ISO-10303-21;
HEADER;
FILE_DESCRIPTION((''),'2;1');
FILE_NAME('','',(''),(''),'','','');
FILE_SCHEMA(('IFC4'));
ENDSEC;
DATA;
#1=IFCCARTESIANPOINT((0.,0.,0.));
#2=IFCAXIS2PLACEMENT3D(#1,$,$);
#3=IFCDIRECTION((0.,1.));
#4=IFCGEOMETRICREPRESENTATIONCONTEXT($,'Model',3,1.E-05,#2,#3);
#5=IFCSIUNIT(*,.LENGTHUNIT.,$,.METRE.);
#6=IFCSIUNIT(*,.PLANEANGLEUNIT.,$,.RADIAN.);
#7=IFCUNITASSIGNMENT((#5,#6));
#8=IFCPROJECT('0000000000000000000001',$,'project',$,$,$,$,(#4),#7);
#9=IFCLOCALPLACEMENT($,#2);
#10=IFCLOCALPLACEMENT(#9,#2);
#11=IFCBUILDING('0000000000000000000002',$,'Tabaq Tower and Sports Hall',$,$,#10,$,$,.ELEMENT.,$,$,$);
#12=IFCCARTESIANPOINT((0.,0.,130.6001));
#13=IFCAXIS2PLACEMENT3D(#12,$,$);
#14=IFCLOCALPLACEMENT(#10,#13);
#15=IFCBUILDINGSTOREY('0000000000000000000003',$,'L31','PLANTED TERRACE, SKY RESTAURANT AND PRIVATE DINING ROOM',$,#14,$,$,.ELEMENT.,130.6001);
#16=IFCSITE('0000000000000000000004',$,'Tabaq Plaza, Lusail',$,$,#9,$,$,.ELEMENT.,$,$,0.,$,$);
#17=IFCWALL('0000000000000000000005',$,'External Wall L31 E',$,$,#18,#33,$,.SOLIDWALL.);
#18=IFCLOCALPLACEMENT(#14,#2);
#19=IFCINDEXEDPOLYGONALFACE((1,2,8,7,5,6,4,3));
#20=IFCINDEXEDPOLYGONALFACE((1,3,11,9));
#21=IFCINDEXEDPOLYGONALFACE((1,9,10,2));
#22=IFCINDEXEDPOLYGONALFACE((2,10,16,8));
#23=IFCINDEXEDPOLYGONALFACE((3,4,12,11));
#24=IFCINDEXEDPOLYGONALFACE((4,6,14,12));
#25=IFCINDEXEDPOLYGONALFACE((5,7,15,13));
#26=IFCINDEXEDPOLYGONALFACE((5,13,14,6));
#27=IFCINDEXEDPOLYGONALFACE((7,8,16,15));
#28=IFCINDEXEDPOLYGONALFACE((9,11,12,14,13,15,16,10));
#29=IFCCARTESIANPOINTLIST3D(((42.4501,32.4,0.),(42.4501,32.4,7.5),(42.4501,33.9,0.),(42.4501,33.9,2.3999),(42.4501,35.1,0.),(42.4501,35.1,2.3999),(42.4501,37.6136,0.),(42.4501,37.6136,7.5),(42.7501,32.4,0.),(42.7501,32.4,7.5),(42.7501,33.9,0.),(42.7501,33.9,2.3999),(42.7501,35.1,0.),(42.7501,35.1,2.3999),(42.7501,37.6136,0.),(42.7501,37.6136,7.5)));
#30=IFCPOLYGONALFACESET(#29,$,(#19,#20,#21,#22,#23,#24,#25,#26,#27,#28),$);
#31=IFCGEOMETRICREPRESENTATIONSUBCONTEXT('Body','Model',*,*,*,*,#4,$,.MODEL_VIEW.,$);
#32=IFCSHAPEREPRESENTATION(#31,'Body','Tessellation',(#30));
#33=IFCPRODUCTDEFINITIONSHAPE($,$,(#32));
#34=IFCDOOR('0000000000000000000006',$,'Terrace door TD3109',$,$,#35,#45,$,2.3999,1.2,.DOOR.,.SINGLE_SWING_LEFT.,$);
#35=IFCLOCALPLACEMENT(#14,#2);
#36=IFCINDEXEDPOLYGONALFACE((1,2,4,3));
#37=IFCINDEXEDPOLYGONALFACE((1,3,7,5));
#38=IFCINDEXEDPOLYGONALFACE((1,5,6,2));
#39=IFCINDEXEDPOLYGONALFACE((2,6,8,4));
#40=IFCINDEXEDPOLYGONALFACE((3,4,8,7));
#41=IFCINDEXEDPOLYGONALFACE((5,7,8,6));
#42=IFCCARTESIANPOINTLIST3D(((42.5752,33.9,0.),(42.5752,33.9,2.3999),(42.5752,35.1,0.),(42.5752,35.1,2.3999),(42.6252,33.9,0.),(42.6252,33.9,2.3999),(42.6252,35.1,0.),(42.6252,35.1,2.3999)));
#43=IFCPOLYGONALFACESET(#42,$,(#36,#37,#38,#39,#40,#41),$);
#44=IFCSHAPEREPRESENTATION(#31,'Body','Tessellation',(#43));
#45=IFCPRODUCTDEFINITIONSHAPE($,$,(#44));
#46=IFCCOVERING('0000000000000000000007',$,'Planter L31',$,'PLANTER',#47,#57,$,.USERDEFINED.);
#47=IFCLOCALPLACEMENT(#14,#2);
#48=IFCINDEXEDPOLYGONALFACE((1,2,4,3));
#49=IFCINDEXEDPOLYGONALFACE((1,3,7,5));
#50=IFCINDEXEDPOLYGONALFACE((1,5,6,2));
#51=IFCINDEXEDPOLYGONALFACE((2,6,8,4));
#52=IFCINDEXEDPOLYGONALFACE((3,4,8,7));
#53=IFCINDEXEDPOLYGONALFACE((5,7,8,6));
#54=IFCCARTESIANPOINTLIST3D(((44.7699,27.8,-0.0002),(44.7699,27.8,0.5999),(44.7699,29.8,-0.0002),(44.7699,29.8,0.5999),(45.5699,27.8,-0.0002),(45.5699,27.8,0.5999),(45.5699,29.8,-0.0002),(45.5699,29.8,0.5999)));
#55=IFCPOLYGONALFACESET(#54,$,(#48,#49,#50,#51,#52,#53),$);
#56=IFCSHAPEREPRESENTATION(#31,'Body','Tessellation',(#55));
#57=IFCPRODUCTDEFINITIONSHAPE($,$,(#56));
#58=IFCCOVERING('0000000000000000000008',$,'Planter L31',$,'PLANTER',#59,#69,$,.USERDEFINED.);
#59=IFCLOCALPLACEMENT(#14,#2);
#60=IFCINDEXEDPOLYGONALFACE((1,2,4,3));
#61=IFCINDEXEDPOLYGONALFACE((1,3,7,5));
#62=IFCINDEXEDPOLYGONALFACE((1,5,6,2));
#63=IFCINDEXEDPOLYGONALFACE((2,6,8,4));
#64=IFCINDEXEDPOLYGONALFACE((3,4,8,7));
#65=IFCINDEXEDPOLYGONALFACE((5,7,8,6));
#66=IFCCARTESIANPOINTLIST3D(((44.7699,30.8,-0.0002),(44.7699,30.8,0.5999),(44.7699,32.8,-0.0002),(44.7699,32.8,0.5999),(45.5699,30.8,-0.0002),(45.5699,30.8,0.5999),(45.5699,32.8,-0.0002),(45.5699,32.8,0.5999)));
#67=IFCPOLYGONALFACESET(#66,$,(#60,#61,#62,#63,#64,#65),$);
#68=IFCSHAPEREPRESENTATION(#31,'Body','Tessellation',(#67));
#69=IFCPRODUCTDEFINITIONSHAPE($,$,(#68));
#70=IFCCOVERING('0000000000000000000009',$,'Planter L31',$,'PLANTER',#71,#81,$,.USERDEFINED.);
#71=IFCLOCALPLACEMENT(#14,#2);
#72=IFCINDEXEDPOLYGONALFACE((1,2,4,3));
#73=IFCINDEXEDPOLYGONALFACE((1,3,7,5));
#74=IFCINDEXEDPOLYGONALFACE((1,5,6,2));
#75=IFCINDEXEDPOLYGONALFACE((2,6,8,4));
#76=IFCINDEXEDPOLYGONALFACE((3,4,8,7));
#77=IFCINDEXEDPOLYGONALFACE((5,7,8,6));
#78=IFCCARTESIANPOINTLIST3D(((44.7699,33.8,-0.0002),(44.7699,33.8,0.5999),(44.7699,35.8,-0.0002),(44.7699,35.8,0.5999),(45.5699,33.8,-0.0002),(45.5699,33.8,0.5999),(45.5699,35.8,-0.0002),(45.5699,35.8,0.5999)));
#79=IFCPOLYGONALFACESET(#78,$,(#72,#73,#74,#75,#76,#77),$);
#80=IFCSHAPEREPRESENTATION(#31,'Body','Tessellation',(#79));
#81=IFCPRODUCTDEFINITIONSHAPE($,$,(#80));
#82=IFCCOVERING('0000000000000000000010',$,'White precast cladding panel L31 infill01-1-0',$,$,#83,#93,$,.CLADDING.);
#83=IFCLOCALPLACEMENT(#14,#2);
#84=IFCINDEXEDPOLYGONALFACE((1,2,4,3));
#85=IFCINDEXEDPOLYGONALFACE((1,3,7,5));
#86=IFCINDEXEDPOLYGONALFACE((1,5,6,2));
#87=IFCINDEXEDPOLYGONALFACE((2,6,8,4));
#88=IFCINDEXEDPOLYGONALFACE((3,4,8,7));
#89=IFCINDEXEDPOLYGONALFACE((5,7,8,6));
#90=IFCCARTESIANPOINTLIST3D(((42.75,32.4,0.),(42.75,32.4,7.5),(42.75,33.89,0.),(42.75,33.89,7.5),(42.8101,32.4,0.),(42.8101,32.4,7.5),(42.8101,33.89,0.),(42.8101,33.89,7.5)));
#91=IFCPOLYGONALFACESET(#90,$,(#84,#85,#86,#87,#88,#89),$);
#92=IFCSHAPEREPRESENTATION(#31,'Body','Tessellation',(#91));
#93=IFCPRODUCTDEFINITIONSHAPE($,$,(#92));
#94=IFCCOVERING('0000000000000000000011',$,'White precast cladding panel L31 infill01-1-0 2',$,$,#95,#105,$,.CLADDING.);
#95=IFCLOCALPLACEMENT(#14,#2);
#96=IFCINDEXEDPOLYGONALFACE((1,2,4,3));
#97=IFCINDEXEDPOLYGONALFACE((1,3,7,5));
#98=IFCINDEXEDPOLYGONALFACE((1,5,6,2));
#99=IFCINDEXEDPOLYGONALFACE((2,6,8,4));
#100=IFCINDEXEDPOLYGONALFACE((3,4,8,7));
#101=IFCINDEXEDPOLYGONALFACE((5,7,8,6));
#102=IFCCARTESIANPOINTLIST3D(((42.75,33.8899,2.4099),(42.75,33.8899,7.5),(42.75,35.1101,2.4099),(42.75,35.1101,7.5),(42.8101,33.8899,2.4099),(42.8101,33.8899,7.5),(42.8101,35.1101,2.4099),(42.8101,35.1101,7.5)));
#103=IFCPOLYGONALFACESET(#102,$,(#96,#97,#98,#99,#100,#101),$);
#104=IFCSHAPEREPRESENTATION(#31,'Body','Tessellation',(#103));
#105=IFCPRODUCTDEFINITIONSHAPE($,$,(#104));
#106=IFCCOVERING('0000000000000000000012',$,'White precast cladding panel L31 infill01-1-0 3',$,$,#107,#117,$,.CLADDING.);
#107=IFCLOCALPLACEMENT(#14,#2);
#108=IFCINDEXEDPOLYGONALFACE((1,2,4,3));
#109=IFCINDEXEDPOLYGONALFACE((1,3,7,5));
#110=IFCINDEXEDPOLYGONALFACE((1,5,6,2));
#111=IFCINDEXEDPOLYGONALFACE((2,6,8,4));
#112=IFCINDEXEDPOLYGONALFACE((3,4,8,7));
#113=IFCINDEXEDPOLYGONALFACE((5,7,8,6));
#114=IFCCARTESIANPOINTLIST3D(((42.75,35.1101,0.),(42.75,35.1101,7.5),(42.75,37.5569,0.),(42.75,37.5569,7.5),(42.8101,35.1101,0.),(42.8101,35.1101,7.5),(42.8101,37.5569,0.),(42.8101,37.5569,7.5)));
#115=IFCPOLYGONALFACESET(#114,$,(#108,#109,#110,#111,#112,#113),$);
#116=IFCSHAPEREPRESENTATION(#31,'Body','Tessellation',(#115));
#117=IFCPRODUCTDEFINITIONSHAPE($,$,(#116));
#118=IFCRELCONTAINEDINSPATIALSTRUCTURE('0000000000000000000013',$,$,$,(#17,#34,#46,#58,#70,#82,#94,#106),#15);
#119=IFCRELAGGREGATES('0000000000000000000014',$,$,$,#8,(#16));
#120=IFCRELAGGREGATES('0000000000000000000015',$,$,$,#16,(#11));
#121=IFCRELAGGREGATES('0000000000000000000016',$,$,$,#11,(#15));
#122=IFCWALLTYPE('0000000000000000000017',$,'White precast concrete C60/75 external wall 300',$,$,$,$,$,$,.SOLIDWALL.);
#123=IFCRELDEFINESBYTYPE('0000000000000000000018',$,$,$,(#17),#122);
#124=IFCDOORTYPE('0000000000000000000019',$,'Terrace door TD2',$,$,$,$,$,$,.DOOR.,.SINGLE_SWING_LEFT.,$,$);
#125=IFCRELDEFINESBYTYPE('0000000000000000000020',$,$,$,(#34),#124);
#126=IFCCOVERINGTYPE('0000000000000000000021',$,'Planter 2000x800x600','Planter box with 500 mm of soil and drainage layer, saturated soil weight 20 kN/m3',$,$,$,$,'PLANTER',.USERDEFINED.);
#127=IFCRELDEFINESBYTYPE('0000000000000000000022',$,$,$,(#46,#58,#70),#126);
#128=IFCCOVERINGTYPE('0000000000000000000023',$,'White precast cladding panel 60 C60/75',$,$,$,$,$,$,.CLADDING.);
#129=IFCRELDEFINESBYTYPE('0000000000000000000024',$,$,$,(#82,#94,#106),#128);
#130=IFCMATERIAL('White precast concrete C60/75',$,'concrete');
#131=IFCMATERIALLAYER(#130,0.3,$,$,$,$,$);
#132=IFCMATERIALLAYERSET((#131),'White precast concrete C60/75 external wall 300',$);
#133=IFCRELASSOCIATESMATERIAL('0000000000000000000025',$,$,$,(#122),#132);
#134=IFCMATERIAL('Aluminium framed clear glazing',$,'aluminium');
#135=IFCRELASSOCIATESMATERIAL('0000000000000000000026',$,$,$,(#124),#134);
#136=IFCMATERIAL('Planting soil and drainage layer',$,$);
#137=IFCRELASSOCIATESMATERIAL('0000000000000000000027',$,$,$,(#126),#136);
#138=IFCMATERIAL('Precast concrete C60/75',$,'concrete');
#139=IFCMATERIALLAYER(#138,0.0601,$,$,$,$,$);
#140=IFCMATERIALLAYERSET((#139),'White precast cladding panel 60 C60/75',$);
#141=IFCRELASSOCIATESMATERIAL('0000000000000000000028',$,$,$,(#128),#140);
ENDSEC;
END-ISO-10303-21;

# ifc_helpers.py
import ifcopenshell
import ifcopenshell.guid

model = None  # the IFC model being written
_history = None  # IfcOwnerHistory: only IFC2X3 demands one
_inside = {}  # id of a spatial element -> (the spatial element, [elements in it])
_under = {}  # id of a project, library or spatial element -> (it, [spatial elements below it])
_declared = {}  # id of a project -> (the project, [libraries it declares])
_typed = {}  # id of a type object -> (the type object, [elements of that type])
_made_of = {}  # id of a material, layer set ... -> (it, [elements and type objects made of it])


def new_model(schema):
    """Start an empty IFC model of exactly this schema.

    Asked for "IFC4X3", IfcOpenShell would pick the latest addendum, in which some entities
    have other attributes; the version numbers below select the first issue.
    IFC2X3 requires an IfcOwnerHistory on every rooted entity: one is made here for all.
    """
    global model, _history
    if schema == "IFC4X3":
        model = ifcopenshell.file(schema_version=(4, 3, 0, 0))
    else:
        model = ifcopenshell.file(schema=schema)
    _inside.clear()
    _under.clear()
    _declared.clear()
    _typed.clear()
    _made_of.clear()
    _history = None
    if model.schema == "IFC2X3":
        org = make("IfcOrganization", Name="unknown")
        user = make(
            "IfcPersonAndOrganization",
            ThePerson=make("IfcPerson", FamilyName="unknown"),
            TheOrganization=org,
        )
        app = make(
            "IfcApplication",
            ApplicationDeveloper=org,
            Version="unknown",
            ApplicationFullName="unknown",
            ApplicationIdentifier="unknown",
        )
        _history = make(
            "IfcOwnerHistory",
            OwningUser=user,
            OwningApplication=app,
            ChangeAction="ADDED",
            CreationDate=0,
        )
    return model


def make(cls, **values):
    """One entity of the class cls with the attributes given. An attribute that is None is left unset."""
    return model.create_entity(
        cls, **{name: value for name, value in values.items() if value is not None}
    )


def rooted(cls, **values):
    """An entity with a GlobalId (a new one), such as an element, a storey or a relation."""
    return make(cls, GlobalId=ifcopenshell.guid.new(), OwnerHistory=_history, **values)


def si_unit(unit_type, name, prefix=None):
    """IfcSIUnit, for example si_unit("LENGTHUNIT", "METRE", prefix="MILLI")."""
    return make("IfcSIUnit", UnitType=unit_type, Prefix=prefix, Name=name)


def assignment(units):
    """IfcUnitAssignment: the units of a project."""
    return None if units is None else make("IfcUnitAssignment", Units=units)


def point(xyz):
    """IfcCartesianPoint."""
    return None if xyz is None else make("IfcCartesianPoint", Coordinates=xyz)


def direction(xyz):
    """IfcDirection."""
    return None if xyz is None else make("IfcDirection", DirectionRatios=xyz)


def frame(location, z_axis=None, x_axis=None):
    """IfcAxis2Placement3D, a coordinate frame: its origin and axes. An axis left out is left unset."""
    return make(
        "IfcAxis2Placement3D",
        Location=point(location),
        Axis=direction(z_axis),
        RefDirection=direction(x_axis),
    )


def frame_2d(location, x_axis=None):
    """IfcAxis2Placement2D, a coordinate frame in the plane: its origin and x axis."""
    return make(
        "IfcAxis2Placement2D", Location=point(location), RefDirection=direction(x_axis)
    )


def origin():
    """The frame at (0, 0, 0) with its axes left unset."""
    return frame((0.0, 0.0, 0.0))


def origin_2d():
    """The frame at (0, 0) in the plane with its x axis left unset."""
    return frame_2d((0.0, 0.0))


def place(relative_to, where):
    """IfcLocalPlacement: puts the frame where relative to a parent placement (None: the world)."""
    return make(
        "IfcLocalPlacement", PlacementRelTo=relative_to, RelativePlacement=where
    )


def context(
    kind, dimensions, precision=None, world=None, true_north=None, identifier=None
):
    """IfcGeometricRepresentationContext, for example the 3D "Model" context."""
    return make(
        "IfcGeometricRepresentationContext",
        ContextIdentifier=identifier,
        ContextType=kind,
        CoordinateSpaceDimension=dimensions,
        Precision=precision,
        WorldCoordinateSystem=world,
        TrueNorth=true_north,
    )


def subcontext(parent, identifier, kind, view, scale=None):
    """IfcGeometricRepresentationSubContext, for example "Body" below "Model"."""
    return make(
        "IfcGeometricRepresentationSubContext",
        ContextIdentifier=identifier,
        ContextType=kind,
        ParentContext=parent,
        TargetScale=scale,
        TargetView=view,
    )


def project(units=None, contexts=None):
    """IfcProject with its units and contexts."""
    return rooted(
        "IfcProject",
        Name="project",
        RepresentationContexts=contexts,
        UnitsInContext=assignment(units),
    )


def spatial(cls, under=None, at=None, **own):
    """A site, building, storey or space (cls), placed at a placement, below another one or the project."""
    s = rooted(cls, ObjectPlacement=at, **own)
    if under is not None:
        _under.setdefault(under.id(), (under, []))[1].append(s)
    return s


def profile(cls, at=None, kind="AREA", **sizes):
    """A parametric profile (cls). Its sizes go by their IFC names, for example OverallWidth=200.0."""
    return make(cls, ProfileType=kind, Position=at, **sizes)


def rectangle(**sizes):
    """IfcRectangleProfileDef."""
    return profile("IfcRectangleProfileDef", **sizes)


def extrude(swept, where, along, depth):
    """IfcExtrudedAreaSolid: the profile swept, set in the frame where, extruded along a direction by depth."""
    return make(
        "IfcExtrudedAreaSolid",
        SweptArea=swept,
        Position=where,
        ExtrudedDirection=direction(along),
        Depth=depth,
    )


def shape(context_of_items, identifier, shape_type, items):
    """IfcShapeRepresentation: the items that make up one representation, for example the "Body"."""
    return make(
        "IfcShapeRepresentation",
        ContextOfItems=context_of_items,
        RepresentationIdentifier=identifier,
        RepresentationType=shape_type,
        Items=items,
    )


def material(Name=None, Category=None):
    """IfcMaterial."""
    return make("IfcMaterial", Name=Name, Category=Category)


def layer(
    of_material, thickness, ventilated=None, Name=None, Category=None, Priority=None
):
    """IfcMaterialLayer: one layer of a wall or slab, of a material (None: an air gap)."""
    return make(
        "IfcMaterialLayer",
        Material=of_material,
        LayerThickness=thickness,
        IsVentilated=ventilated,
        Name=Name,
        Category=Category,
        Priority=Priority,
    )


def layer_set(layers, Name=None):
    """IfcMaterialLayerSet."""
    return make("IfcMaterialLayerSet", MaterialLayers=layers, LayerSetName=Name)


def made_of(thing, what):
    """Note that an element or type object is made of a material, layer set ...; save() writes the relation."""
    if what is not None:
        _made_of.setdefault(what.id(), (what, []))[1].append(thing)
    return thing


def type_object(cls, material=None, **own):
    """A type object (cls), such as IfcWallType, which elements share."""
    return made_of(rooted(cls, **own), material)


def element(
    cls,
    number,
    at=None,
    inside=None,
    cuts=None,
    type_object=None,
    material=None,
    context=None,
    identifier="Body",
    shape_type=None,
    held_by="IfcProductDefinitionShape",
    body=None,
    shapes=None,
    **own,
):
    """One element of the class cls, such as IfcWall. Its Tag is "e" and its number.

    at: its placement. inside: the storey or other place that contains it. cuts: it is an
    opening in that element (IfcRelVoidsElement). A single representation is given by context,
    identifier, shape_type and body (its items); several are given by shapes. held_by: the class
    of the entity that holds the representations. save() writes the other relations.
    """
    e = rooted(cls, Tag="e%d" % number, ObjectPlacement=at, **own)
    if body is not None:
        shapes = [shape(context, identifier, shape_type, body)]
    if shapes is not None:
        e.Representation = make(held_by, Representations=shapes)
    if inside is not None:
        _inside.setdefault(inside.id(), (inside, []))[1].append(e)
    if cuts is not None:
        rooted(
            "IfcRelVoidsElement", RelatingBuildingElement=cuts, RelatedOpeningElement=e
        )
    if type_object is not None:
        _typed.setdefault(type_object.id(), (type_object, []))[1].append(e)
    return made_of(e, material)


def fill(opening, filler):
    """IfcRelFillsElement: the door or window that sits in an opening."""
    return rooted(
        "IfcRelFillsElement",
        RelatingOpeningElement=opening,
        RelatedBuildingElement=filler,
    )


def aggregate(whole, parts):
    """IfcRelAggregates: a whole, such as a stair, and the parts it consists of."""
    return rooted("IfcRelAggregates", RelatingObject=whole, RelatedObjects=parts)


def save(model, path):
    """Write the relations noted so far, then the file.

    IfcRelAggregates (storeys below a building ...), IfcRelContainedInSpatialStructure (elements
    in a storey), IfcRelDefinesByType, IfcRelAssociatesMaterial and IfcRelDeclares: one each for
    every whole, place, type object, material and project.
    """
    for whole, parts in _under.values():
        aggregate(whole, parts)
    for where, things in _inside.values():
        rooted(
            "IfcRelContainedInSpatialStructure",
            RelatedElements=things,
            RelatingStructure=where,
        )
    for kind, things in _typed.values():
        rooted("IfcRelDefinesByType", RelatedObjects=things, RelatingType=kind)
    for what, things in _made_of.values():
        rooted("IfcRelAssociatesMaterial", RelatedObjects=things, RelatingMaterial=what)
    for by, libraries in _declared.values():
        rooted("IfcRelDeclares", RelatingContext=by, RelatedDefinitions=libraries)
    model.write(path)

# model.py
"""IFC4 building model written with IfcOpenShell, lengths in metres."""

from ifc_helpers import new_model, si_unit, direction, frame, frame_2d, origin, origin_2d, place, context, subcontext, project, spatial, rectangle, extrude, material, layer, layer_set, type_object, element, fill, save


model = new_model("IFC4")

# Units and contexts
model_context = context("Model", 3, precision=1e-05, world=origin(), true_north=direction((0.0, 1.0)))
body_context = subcontext(model_context, "Body", "Model", "MODEL_VIEW")
ifc_project = project(units=[si_unit("LENGTHUNIT", "METRE"), si_unit("PLANEANGLEUNIT", "RADIAN")], contexts=[model_context])

# Site, building, storey
site_placement = place(None, origin())
site = spatial("IfcSite", under=ifc_project, at=site_placement, Name="Tabaq Plaza, Lusail", CompositionType="ELEMENT", RefElevation=0.0)
building_placement = place(site_placement, origin())
building = spatial("IfcBuilding", under=site, at=building_placement, Name="Tabaq Tower and Sports Hall", CompositionType="ELEMENT")
storey_placement = place(building_placement, frame((0.0, 0.0, 130.6001)))
storey = spatial("IfcBuildingStorey", under=building, at=storey_placement, Name="L31", Description="PLANTED TERRACE, SKY RESTAURANT AND PRIVATE DINING ROOM", CompositionType="ELEMENT", Elevation=130.6001)

# Wall, opening, door
ifc_material_1 = material(Name="White precast concrete C60/75", Category="concrete")
ifc_layer_1 = layer(ifc_material_1, 0.3)
ifc_layer_set_1 = layer_set([ifc_layer_1], Name="White precast concrete C60/75 external wall 300")
wall_type_1 = type_object("IfcWallType", Name="White precast concrete C60/75 external wall 300", PredefinedType="SOLIDWALL", material=ifc_layer_set_1)
wall_1_placement = place(storey_placement, frame((42.6001, 32.3999, 0.0), z_axis=(0.0, 0.0, 1.0), x_axis=(0.0, 1.0, 0.0)))
wall_1 = element("IfcWall", 1, at=wall_1_placement, inside=storey, type_object=wall_type_1, Name="External Wall L31 E", PredefinedType="SOLIDWALL", context=body_context, shape_type="SweptSolid", body=[
    extrude(rectangle(XDim=5.2136, YDim=0.3, at=frame_2d((2.6069, 0.0))), origin(), (0.0, 0.0, 1.0), 7.5),
])
opening_1_placement = place(wall_1_placement, frame((1.5, 0.0, 0.0)))
opening_1 = element("IfcOpeningElement", 2, at=opening_1_placement, cuts=wall_1, PredefinedType="OPENING", context=body_context, shape_type="SweptSolid", body=[
    extrude(rectangle(XDim=1.2, YDim=2.3999, at=frame_2d((0.6001, 1.2))), frame((0.0, 0.1602, 0.0), z_axis=(0.0, -1.0, 0.0), x_axis=(1.0, 0.0, 0.0)), (0.0, 0.0, 1.0), 0.3201),
])
ifc_material_2 = material(Name="Aluminium framed clear glazing", Category="aluminium")
door_type_1 = type_object("IfcDoorType", Name="Terrace door TD2", OperationType="SINGLE_SWING_LEFT", PredefinedType="DOOR", material=ifc_material_2)
door_1_placement = place(opening_1_placement, origin())
door_1 = element("IfcDoor", 3, at=door_1_placement, inside=storey, type_object=door_type_1, Name="Terrace door TD3109", OperationType="SINGLE_SWING_LEFT", OverallHeight=2.3999, OverallWidth=1.2, PredefinedType="DOOR", context=body_context, shape_type="SweptSolid", body=[
    extrude(rectangle(XDim=1.2, YDim=2.3999, at=frame_2d((0.6001, 1.2))), frame((0.0, 0.0249, 0.0), z_axis=(0.0, -1.0, 0.0), x_axis=(1.0, 0.0, 0.0)), (0.0, 0.0, 1.0), 0.05),
])
fill(opening_1, door_1)

# Coverings
ifc_material_3 = material(Name="Planting soil and drainage layer")
covering_type_1 = type_object("IfcCoveringType", Name="Planter 2000x800x600", Description="Planter box with 500 mm of soil and drainage layer, saturated soil weight 20 kN/m3", ElementType="PLANTER", PredefinedType="USERDEFINED", material=ifc_material_3)
for number, where, z_axis, x_axis, name in (
    (4, (45.1699, 28.8, -0.0002), (0.0, 0.0, 1.0), (0.0, 1.0, 0.0), "Planter L31"),
    (5, (45.1699, 31.8, -0.0002), (0.0, 0.0, 1.0), (0.0, 1.0, 0.0), "Planter L31"),
    (6, (45.1699, 34.8, -0.0002), (0.0, 0.0, 1.0), (0.0, 1.0, 0.0), "Planter L31"),
):
    element("IfcCovering", number, at=place(storey_placement, frame(where, z_axis=z_axis, x_axis=x_axis)), inside=storey, type_object=covering_type_1, Name=name, ObjectType="PLANTER", PredefinedType="USERDEFINED", context=body_context, shape_type="SweptSolid", body=[
        extrude(rectangle(XDim=2.0, YDim=0.8, at=origin_2d()), origin(), (0.0, 0.0, 1.0), 0.6001),
    ])
ifc_material_4 = material(Name="Precast concrete C60/75", Category="concrete")
ifc_layer_2 = layer(ifc_material_4, 0.0601)
ifc_layer_set_2 = layer_set([ifc_layer_2], Name="White precast cladding panel 60 C60/75")
covering_type_2 = type_object("IfcCoveringType", Name="White precast cladding panel 60 C60/75", PredefinedType="CLADDING", material=ifc_layer_set_2)
covering_1_placement = place(storey_placement, frame((42.78, 32.3999, 0.0), z_axis=(0.0, 0.0, 1.0), x_axis=(0.0, 1.0, 0.0)))
element("IfcCovering", 7, at=covering_1_placement, inside=storey, type_object=covering_type_2, Name="White precast cladding panel L31 infill01-1-0", PredefinedType="CLADDING", context=body_context, shape_type="SweptSolid", body=[
    extrude(rectangle(XDim=1.49, YDim=0.0601, at=frame_2d((0.7451, 0.0))), origin(), (0.0, 0.0, 1.0), 7.5),
])
covering_2_placement = place(storey_placement, frame((42.78, 33.8899, 2.4099), z_axis=(0.0, 0.0, 1.0), x_axis=(0.0, 1.0, 0.0)))
element("IfcCovering", 8, at=covering_2_placement, inside=storey, type_object=covering_type_2, Name="White precast cladding panel L31 infill01-1-0 2", PredefinedType="CLADDING", context=body_context, shape_type="SweptSolid", body=[
    extrude(rectangle(XDim=1.2202, YDim=0.0601, at=frame_2d((0.6101, 0.0))), origin(), (0.0, 0.0, 1.0), 5.0901),
])
covering_3_placement = place(storey_placement, frame((42.78, 35.1101, 0.0), z_axis=(0.0, 0.0, 1.0), x_axis=(0.0, 1.0, 0.0)))
element("IfcCovering", 9, at=covering_3_placement, inside=storey, type_object=covering_type_2, Name="White precast cladding panel L31 infill01-1-0 3", PredefinedType="CLADDING", context=body_context, shape_type="SweptSolid", body=[
    extrude(rectangle(XDim=2.4468, YDim=0.0601, at=frame_2d((1.2234, 0.0))), origin(), (0.0, 0.0, 1.0), 7.5),
])

save(model, "model.ifc")
